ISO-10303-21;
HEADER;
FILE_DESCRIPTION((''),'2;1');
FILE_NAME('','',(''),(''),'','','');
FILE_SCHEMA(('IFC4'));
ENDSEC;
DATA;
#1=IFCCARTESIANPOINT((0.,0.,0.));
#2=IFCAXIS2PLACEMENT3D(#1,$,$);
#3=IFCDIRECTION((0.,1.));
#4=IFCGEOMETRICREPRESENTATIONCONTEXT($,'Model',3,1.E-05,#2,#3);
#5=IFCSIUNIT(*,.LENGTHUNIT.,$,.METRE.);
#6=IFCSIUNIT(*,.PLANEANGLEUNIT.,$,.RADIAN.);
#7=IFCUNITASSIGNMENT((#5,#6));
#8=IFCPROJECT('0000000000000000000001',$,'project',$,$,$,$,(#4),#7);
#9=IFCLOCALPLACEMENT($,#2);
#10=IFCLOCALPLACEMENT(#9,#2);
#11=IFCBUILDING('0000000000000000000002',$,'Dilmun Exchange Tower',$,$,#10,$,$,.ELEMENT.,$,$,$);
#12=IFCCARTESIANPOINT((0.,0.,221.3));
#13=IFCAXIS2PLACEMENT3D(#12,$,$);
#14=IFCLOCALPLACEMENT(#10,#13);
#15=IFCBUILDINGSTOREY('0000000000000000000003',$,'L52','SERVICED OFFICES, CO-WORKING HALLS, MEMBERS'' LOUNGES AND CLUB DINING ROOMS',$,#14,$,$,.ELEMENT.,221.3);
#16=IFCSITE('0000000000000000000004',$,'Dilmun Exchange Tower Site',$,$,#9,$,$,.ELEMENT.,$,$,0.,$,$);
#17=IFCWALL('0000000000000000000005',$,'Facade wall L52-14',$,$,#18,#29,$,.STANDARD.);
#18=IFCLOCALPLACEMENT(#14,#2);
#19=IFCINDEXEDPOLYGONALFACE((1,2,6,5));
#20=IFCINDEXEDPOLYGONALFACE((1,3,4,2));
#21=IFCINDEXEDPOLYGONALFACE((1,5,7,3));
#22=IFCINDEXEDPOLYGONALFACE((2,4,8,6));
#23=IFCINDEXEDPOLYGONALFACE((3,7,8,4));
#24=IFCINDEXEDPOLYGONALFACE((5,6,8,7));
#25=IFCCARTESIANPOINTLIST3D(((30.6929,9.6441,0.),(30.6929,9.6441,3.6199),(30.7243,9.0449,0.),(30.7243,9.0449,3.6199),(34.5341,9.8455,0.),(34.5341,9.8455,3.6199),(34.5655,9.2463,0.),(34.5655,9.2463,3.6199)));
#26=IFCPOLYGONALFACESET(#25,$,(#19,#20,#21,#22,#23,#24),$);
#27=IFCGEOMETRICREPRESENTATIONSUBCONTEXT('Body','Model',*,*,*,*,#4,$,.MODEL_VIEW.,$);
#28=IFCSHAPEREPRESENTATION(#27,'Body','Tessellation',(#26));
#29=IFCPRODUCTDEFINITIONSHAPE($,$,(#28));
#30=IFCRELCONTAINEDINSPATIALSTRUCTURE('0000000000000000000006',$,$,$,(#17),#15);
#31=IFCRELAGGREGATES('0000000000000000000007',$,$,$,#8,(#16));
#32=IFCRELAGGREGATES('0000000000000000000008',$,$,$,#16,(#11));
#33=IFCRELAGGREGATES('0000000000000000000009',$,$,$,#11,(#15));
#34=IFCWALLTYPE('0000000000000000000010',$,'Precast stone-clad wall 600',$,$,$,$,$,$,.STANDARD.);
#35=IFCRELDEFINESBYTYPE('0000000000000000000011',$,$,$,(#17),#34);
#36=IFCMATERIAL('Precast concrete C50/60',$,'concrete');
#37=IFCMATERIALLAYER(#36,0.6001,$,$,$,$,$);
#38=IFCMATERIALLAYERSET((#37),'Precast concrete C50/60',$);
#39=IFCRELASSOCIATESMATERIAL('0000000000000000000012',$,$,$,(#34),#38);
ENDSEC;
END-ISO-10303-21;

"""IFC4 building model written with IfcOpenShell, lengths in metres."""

from ifc_helpers import new_model, si_unit, direction, frame, frame_2d, origin, place, context, subcontext, project, spatial, rectangle, extrude, material, layer, layer_set, type_object, element, save


model = new_model("IFC4")

# Units and contexts
model_context = context("Model", 3, precision=1e-05, world=origin(), true_north=direction((0.0, 1.0)))
body_context = subcontext(model_context, "Body", "Model", "MODEL_VIEW")
ifc_project = project(units=[si_unit("LENGTHUNIT", "METRE"), si_unit("PLANEANGLEUNIT", "RADIAN")], contexts=[model_context])

# Site, building, storey
site_placement = place(None, origin())
site = spatial("IfcSite", under=ifc_project, at=site_placement, Name="Dilmun Exchange Tower Site", CompositionType="ELEMENT", RefElevation=0.0)
building_placement = place(site_placement, origin())
building = spatial("IfcBuilding", under=site, at=building_placement, Name="Dilmun Exchange Tower", CompositionType="ELEMENT")
storey_placement = place(building_placement, frame((0.0, 0.0, 221.3)))
storey = spatial("IfcBuildingStorey", under=building, at=storey_placement, Name="L52", Description="SERVICED OFFICES, CO-WORKING HALLS, MEMBERS' LOUNGES AND CLUB DINING ROOMS", CompositionType="ELEMENT", Elevation=221.3)

# Shared definitions
ifc_material_1 = material(Name="Precast concrete C50/60", Category="concrete")
ifc_layer_1 = layer(ifc_material_1, 0.6001)
ifc_layer_set_1 = layer_set([ifc_layer_1], Name="Precast concrete C50/60")
wall_type_1 = type_object("IfcWallType", Name="Precast stone-clad wall 600", PredefinedType="STANDARD", material=ifc_layer_set_1)

# Wall
wall_1_placement = place(storey_placement, frame((30.7085, 9.3445, 0.0), z_axis=(0.0, 0.0, 1.0), x_axis=(0.998628, 0.052366, 0.0)))
element("IfcWall", 1, at=wall_1_placement, inside=storey, type_object=wall_type_1, Name="Facade wall L52-14", PredefinedType="STANDARD", context=body_context, shape_type="SweptSolid", body=[
    extrude(rectangle(XDim=3.8464, YDim=0.6001, at=frame_2d((1.9233, 0.0))), origin(), (0.0, 0.0, 1.0), 3.6199),
])

save(model, "model.ifc")
